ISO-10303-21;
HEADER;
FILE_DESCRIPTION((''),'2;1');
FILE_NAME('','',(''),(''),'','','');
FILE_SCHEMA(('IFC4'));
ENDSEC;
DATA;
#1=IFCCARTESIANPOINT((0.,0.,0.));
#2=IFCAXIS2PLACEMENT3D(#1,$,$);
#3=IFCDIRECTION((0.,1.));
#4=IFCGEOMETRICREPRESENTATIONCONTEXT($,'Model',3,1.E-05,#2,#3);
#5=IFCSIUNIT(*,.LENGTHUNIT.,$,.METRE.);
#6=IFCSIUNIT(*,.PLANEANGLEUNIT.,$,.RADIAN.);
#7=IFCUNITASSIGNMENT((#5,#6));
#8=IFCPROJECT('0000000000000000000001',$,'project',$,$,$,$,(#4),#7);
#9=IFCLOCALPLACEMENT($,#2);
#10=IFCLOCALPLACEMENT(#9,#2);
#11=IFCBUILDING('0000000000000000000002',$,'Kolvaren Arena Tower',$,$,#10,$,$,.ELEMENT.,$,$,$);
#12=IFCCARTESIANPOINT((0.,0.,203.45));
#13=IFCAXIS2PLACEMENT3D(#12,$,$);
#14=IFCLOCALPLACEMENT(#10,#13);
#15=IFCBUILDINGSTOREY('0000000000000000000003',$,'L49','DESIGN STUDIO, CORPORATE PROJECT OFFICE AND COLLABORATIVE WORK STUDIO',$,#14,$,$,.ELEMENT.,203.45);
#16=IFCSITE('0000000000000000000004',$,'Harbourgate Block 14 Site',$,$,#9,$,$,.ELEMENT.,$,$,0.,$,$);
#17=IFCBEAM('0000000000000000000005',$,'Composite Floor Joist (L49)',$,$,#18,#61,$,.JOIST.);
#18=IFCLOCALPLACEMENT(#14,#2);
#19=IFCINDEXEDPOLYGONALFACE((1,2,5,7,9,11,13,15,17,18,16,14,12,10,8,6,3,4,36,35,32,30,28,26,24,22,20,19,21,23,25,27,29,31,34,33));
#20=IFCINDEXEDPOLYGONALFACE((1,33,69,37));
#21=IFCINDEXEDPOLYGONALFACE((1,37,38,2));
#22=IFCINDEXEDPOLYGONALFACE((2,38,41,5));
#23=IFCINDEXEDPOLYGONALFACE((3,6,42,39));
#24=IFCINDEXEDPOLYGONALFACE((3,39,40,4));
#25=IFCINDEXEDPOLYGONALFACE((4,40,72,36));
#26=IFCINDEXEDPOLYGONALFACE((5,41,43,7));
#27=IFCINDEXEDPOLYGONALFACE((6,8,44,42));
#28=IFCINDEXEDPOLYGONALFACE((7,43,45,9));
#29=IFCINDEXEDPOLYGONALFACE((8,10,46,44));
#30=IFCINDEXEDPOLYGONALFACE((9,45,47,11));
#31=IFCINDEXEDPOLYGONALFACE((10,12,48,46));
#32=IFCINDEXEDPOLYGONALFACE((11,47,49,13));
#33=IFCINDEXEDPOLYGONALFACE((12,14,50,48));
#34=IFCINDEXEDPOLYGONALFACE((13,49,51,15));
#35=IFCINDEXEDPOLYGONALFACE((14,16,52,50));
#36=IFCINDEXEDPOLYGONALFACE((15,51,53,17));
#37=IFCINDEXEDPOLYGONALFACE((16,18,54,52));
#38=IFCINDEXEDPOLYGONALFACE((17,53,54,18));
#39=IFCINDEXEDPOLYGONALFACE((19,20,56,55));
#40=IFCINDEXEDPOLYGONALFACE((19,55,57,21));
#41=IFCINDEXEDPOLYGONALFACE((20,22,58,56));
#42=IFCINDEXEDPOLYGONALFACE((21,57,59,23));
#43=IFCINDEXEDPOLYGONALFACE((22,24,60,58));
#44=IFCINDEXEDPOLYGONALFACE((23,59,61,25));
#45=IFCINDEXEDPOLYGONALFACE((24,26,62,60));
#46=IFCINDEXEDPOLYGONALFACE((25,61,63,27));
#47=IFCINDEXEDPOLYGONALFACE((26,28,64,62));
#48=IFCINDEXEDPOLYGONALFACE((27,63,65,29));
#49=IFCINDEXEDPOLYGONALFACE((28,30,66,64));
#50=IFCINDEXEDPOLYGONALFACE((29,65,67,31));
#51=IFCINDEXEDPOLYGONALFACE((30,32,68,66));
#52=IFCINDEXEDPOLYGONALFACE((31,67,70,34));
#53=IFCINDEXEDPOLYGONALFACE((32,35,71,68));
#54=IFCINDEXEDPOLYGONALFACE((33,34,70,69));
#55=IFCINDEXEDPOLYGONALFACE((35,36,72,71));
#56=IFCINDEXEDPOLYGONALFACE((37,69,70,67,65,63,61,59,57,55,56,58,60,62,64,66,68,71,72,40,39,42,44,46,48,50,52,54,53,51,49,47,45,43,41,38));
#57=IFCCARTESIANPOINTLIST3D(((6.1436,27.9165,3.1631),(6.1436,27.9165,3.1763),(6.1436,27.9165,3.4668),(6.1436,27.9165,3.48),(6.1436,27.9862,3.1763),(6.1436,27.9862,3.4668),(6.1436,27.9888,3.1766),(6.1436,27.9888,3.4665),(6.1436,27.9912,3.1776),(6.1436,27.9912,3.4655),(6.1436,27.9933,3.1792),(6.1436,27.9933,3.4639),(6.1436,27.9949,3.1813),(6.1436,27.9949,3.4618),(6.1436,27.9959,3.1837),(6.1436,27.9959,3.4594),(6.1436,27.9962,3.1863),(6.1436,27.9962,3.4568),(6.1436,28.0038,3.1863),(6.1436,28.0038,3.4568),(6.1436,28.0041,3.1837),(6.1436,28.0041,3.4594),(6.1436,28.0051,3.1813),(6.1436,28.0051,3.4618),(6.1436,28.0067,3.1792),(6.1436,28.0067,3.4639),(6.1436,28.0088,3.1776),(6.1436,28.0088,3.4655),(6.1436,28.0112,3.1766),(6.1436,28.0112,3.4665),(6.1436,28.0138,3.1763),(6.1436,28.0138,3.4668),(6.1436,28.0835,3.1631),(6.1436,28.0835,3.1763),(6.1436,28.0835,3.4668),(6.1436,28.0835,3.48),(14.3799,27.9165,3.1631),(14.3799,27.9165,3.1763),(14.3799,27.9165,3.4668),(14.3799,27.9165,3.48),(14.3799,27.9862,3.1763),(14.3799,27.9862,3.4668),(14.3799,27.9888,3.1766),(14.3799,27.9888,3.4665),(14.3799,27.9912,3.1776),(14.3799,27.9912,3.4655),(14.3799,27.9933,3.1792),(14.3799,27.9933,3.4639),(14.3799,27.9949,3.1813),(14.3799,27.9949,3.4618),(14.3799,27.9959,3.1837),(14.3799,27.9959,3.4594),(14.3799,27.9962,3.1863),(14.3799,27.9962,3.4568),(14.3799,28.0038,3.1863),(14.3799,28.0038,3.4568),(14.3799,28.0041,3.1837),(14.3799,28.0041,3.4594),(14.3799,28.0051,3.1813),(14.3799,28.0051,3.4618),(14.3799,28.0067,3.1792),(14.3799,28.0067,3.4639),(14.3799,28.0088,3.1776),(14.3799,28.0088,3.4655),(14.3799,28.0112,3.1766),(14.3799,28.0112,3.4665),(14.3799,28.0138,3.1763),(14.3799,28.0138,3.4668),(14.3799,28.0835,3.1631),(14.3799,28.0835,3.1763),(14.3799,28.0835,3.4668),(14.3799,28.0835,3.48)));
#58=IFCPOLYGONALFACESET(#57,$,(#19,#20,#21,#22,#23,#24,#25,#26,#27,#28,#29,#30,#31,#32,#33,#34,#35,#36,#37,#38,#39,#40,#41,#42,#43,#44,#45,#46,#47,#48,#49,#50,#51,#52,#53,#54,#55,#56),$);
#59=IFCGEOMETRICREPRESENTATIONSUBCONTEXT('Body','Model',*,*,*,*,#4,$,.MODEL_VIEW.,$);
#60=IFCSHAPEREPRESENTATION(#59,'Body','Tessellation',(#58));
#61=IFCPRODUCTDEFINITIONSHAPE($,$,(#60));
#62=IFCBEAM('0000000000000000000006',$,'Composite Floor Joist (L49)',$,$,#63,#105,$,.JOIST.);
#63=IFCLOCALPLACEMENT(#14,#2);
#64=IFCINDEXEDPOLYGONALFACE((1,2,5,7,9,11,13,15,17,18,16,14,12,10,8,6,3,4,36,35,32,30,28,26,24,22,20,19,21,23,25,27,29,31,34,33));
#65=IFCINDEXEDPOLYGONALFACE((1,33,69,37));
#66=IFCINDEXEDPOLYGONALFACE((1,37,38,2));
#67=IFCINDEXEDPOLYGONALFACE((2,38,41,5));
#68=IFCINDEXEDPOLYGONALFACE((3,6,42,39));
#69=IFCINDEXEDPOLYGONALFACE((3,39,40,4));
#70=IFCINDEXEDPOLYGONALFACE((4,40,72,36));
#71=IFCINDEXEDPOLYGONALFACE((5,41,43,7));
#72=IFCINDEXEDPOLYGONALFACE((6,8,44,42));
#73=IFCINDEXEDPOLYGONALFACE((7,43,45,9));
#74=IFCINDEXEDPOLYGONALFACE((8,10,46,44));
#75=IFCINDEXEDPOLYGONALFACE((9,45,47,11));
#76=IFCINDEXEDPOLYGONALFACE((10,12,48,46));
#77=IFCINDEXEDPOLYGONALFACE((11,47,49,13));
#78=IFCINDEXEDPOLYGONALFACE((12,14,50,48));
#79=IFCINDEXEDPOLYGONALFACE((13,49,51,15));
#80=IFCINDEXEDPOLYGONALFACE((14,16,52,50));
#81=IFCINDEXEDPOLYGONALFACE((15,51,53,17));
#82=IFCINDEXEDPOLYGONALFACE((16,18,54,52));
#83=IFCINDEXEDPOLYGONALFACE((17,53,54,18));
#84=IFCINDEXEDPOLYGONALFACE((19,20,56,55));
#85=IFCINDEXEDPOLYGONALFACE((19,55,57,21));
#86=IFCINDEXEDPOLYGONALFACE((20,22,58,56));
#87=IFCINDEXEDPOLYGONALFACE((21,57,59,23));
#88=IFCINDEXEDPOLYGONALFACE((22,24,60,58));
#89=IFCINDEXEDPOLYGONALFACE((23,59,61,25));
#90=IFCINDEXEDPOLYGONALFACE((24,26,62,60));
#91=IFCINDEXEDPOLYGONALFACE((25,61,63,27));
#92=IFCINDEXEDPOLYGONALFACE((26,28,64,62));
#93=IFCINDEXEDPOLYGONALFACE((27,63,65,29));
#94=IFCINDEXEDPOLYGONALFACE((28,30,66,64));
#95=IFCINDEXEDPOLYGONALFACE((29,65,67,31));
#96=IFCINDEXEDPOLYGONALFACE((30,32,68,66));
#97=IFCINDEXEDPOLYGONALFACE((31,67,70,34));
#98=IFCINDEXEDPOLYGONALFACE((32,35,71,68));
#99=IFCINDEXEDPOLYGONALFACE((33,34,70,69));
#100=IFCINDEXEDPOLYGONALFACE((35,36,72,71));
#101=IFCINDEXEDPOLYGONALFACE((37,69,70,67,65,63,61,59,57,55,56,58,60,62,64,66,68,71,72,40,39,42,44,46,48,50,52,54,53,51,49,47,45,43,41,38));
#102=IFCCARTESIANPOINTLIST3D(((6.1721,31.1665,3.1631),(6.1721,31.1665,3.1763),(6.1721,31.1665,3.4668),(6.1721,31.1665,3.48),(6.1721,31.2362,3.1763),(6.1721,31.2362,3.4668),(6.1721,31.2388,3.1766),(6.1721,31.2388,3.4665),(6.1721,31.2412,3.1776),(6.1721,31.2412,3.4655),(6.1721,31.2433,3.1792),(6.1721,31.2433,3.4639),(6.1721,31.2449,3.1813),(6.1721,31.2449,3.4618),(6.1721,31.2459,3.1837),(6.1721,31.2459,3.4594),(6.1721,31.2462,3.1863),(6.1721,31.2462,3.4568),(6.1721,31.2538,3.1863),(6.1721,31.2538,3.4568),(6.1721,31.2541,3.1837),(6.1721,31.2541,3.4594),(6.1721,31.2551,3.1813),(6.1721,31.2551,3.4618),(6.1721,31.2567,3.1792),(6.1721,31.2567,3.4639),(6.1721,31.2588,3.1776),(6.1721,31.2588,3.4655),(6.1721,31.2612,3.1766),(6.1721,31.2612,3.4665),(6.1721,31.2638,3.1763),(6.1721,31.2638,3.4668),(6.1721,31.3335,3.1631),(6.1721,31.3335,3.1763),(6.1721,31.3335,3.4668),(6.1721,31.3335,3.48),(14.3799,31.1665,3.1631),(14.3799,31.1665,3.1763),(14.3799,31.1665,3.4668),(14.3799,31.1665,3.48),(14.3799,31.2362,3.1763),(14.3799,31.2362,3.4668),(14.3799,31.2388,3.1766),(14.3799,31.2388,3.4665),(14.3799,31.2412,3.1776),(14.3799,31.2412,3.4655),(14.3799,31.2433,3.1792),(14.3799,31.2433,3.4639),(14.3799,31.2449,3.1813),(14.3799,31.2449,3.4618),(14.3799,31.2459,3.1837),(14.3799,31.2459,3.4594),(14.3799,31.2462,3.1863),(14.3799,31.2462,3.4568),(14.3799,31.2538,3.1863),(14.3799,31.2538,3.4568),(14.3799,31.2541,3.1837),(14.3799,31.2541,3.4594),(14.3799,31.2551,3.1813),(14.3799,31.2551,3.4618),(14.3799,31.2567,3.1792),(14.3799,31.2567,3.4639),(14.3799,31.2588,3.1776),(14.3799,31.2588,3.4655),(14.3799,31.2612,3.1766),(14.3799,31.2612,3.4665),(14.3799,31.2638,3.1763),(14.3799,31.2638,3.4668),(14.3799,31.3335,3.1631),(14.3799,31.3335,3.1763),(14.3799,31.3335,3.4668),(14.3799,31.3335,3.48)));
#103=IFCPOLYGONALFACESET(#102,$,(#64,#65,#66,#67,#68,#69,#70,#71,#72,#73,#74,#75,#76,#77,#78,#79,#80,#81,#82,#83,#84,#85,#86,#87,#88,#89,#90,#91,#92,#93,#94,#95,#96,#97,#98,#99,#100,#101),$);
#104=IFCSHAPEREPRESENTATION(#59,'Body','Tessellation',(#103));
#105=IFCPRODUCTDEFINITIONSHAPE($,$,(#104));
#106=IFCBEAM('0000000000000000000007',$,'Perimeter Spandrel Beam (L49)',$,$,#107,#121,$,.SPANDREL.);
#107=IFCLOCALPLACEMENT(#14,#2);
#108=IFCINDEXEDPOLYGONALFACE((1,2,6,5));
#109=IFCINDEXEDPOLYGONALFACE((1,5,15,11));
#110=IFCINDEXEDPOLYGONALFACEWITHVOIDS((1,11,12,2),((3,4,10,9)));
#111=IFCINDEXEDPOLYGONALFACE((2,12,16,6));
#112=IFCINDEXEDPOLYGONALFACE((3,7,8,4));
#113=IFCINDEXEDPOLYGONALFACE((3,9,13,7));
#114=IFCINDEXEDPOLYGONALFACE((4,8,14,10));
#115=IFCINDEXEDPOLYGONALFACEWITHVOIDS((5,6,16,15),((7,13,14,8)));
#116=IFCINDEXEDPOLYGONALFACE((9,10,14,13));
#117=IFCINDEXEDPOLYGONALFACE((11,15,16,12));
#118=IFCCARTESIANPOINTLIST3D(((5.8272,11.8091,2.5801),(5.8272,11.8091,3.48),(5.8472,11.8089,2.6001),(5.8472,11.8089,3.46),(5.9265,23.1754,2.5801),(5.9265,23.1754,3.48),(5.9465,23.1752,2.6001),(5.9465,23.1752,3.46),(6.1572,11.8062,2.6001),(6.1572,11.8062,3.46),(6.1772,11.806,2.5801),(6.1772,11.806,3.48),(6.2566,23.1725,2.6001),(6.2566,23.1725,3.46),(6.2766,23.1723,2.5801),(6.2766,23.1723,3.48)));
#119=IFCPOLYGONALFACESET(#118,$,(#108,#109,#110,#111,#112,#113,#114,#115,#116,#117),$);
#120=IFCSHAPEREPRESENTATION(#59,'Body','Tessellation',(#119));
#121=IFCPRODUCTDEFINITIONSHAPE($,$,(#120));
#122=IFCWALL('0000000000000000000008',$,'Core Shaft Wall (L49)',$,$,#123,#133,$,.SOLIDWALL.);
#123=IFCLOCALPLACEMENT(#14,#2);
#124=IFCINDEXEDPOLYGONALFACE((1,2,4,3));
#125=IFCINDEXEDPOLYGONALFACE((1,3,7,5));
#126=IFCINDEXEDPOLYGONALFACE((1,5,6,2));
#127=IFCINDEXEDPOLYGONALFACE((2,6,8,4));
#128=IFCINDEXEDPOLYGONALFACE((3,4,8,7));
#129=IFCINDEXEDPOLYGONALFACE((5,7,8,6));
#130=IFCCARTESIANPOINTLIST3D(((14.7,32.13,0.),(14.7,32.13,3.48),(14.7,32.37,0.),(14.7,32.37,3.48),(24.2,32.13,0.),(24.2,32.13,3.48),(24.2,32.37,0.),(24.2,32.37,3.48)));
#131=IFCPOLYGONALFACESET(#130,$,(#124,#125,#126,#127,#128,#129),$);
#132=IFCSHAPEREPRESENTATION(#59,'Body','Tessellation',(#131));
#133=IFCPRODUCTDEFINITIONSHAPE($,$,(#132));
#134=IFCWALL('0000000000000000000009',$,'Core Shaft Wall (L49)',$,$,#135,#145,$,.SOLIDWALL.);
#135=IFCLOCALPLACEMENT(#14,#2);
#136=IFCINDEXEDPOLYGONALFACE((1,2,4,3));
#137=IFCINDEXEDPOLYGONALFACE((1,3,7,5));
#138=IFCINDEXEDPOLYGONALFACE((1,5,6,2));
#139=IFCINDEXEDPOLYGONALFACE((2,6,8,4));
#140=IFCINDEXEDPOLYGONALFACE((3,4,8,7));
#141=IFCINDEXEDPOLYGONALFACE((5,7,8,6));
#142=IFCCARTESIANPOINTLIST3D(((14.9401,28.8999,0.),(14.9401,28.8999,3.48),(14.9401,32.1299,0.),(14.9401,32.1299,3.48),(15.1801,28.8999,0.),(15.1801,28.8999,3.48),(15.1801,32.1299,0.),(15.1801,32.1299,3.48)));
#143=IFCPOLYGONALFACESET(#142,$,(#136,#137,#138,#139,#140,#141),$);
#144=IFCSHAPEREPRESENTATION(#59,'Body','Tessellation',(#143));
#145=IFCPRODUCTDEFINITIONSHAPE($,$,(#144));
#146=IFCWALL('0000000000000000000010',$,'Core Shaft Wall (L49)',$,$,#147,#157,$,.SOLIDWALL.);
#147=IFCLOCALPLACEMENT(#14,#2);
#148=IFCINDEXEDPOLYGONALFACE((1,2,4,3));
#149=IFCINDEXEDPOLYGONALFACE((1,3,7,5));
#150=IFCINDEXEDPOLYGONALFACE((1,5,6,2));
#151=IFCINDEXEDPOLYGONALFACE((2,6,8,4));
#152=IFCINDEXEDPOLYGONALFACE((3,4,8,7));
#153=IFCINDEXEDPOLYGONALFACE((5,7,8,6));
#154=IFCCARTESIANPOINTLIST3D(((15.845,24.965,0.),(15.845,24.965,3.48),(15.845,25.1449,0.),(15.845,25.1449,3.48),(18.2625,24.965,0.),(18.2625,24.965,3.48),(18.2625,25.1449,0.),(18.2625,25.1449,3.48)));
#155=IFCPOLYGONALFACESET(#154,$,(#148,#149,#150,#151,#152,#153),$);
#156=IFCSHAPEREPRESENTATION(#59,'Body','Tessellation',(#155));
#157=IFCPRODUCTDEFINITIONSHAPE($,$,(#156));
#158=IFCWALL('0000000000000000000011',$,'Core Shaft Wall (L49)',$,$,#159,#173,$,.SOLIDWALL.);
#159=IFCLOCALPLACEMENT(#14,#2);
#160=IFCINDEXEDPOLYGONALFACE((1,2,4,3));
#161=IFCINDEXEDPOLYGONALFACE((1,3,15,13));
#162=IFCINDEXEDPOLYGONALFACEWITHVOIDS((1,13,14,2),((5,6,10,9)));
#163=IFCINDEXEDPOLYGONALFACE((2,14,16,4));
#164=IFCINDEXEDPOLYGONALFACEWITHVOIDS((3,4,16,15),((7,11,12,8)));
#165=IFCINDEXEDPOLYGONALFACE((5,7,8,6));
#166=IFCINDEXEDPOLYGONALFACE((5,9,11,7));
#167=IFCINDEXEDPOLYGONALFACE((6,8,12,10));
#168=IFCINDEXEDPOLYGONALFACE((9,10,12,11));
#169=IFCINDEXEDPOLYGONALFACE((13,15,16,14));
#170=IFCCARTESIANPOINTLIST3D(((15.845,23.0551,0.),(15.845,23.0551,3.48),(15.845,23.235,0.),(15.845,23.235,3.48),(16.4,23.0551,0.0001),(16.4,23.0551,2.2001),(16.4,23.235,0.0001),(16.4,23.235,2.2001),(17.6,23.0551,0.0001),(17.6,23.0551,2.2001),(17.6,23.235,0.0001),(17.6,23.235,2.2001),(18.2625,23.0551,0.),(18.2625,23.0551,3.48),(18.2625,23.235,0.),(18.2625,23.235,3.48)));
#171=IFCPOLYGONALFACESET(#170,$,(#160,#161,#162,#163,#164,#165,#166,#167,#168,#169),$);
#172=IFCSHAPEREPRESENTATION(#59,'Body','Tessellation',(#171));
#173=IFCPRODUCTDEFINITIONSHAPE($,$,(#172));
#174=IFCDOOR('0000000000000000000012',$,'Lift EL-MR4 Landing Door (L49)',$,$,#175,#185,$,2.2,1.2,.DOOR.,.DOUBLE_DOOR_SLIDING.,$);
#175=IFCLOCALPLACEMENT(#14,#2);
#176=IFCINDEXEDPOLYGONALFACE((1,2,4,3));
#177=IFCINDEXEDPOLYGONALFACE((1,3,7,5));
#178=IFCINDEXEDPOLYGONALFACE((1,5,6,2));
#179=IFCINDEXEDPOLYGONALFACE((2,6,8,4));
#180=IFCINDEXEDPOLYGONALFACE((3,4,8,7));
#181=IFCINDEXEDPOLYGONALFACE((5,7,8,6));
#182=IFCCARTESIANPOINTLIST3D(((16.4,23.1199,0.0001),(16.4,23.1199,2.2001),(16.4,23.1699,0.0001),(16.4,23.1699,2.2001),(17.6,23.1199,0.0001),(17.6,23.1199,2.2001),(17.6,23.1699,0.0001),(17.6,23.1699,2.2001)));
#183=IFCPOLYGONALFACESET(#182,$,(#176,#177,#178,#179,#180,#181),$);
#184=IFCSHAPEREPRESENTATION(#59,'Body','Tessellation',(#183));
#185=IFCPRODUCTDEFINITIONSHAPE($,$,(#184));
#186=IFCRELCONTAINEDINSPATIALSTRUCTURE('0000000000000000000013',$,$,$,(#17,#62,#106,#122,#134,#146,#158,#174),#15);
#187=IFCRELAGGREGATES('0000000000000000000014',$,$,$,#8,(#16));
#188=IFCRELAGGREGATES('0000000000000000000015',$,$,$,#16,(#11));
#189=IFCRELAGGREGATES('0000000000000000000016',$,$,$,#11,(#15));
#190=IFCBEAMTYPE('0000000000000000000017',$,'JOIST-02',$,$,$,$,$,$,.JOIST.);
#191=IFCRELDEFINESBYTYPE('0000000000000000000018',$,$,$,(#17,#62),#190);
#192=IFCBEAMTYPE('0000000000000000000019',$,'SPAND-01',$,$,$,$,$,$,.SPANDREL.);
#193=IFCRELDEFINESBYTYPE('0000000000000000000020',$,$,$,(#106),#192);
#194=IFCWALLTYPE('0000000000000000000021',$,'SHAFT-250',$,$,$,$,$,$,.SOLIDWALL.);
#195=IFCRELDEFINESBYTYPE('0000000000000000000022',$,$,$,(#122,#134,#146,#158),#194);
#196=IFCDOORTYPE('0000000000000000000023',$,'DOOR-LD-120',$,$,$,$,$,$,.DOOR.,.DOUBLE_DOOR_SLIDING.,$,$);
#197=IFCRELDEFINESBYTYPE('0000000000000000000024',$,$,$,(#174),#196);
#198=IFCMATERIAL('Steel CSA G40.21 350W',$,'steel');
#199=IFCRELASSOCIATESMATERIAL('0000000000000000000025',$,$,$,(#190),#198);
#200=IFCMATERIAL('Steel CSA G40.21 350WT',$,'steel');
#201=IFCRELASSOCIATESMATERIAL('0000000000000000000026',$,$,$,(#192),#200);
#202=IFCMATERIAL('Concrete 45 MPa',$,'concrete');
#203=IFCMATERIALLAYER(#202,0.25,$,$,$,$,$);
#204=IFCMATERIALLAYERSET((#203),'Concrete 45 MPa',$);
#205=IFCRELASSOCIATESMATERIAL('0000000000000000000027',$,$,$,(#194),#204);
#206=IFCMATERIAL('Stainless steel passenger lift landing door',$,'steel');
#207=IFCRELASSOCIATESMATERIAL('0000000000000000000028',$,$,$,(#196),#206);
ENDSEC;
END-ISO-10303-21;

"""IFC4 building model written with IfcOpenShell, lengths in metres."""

from ifc_helpers import new_model, si_unit, direction, frame, frame_2d, origin, origin_2d, place, context, subcontext, project, spatial, rectangle, hollow_rectangle, i_section, extrude, material, layer, layer_set, material_profile, profile_set, type_object, element, fill, save


model = new_model("IFC4")

# Units and contexts
model_context = context("Model", 3, precision=1e-05, world=origin(), true_north=direction((0.0, 1.0)))
body_context = subcontext(model_context, "Body", "Model", "MODEL_VIEW")
ifc_project = project(units=[si_unit("LENGTHUNIT", "METRE"), si_unit("PLANEANGLEUNIT", "RADIAN")], contexts=[model_context])

# Site, building, storey
site_placement = place(None, origin())
site = spatial("IfcSite", under=ifc_project, at=site_placement, Name="Harbourgate Block 14 Site", CompositionType="ELEMENT", RefElevation=0.0)
building_placement = place(site_placement, origin())
building = spatial("IfcBuilding", under=site, at=building_placement, Name="Kolvaren Arena Tower", CompositionType="ELEMENT")
storey_placement = place(building_placement, frame((0.0, 0.0, 203.45)))
storey = spatial("IfcBuildingStorey", under=building, at=storey_placement, Name="L49", Description="DESIGN STUDIO, CORPORATE PROJECT OFFICE AND COLLABORATIVE WORK STUDIO", CompositionType="ELEMENT", Elevation=203.45)

# Beams
ifc_material_1 = material(Name="Steel CSA G40.21 350W", Category="steel")
ifc_material_profile_1 = material_profile(ifc_material_1, i_section(OverallWidth=0.167, OverallDepth=0.3169, WebThickness=0.0076, FlangeThickness=0.0132, FilletRadius=0.01, at=origin_2d()), Name="W310x52")
ifc_profile_set_1 = profile_set([ifc_material_profile_1], Name="Steel CSA G40.21 350W")
beam_type_1 = type_object("IfcBeamType", Name="JOIST-02", PredefinedType="JOIST", material=ifc_profile_set_1)
beam_1_placement = place(storey_placement, frame((6.1436, 28.0, 3.3215), z_axis=(1.0, 0.0, 0.0), x_axis=(0.0, 1.0, 0.0)))
element("IfcBeam", 1, at=beam_1_placement, inside=storey, type_object=beam_type_1, Name="Composite Floor Joist (L49)", PredefinedType="JOIST", context=body_context, shape_type="SweptSolid", body=[
    extrude(i_section(OverallWidth=0.167, OverallDepth=0.3169, WebThickness=0.0076, FlangeThickness=0.0132, FilletRadius=0.01, at=origin_2d()), origin(), (0.0, 0.0, 1.0), 8.2363),
])
beam_2_placement = place(storey_placement, frame((6.1721, 31.25, 3.3215), z_axis=(1.0, 0.0, 0.0), x_axis=(0.0, 1.0, 0.0)))
element("IfcBeam", 2, at=beam_2_placement, inside=storey, type_object=beam_type_1, Name="Composite Floor Joist (L49)", PredefinedType="JOIST", context=body_context, shape_type="SweptSolid", body=[
    extrude(i_section(OverallWidth=0.167, OverallDepth=0.3169, WebThickness=0.0076, FlangeThickness=0.0132, FilletRadius=0.01, at=origin_2d()), origin(), (0.0, 0.0, 1.0), 8.2078),
])
ifc_material_2 = material(Name="Steel CSA G40.21 350WT", Category="steel")
ifc_material_profile_2 = material_profile(ifc_material_2, hollow_rectangle(XDim=0.3501, YDim=0.8999, WallThickness=0.02, at=origin_2d()), Name="HSS 900x350x20")
ifc_profile_set_2 = profile_set([ifc_material_profile_2], Name="Steel CSA G40.21 350WT")
beam_type_2 = type_object("IfcBeamType", Name="SPAND-01", PredefinedType="SPANDREL", material=ifc_profile_set_2)
beam_3_placement = place(storey_placement, frame((6.1016, 23.1738, 3.03), z_axis=(-0.008742, -0.999962, 0.0), x_axis=(0.999962, -0.008742, 0.0)))
element("IfcBeam", 3, at=beam_3_placement, inside=storey, type_object=beam_type_2, Name="Perimeter Spandrel Beam (L49)", PredefinedType="SPANDREL", context=body_context, shape_type="SweptSolid", body=[
    extrude(hollow_rectangle(XDim=0.3501, YDim=0.8999, WallThickness=0.02, at=origin_2d()), origin(), (0.0, 0.0, 1.0), 11.3667),
])

# Walls
ifc_material_3 = material(Name="Concrete 45 MPa", Category="concrete")
ifc_layer = layer(ifc_material_3, 0.25)
ifc_layer_set = layer_set([ifc_layer], Name="Concrete 45 MPa")
wall_type = type_object("IfcWallType", Name="SHAFT-250", PredefinedType="SOLIDWALL", material=ifc_layer_set)
wall_1_placement = place(storey_placement, frame((14.7, 32.25, 0.0), z_axis=(0.0, 0.0, 1.0), x_axis=(1.0, 0.0, 0.0)))
element("IfcWall", 4, at=wall_1_placement, inside=storey, type_object=wall_type, Name="Core Shaft Wall (L49)", PredefinedType="SOLIDWALL", context=body_context, shape_type="SweptSolid", body=[
    extrude(rectangle(XDim=9.5, YDim=0.24, at=frame_2d((4.75, 0.0))), origin(), (0.0, 0.0, 1.0), 3.48),
])
wall_2_placement = place(storey_placement, frame((15.0601, 28.8999, 0.0), z_axis=(0.0, 0.0, 1.0), x_axis=(0.0, 1.0, 0.0)))
element("IfcWall", 5, at=wall_2_placement, inside=storey, type_object=wall_type, Name="Core Shaft Wall (L49)", PredefinedType="SOLIDWALL", context=body_context, shape_type="SweptSolid", body=[
    extrude(rectangle(XDim=3.23, YDim=0.24, at=frame_2d((1.615, 0.0))), origin(), (0.0, 0.0, 1.0), 3.48),
])
wall_3_placement = place(storey_placement, frame((15.845, 25.0549, 0.0), z_axis=(0.0, 0.0, 1.0), x_axis=(1.0, 0.0, 0.0)))
element("IfcWall", 6, at=wall_3_placement, inside=storey, type_object=wall_type, Name="Core Shaft Wall (L49)", PredefinedType="SOLIDWALL", context=body_context, shape_type="SweptSolid", body=[
    extrude(rectangle(XDim=2.4175, YDim=0.1799, at=frame_2d((1.2087, 0.0))), origin(), (0.0, 0.0, 1.0), 3.48),
])

# Wall, opening, door
wall_4_placement = place(storey_placement, frame((15.845, 23.145, 0.0), z_axis=(0.0, 0.0, 1.0), x_axis=(1.0, 0.0, 0.0)))
wall_4 = element("IfcWall", 7, at=wall_4_placement, inside=storey, type_object=wall_type, Name="Core Shaft Wall (L49)", PredefinedType="SOLIDWALL", context=body_context, shape_type="SweptSolid", body=[
    extrude(rectangle(XDim=2.4175, YDim=0.1799, at=frame_2d((1.2087, 0.0))), origin(), (0.0, 0.0, 1.0), 3.48),
])
opening_1_placement = place(wall_4_placement, frame((0.5549, 0.0, 0.0)))
opening_1 = element("IfcOpeningElement", 8, at=opening_1_placement, cuts=wall_4, PredefinedType="OPENING", context=body_context, shape_type="SweptSolid", body=[
    extrude(rectangle(XDim=1.2, YDim=2.2, at=frame_2d((0.6001, 1.1001))), frame((0.0, 0.0999, 0.0), z_axis=(0.0, -1.0, 0.0), x_axis=(1.0, 0.0, 0.0)), (0.0, 0.0, 1.0), 0.2),
])
ifc_material_4 = material(Name="Stainless steel passenger lift landing door", Category="steel")
door_type_1 = type_object("IfcDoorType", Name="DOOR-LD-120", OperationType="DOUBLE_DOOR_SLIDING", PredefinedType="DOOR", material=ifc_material_4)
door_1_placement = place(opening_1_placement, origin())
door_1 = element("IfcDoor", 9, at=door_1_placement, inside=storey, type_object=door_type_1, Name="Lift EL-MR4 Landing Door (L49)", OperationType="DOUBLE_DOOR_SLIDING", OverallHeight=2.2, OverallWidth=1.2, PredefinedType="DOOR", context=body_context, shape_type="SweptSolid", body=[
    extrude(rectangle(XDim=1.2, YDim=2.2, at=frame_2d((0.6001, 1.1001))), frame((0.0, 0.0249, 0.0), z_axis=(0.0, -1.0, 0.0), x_axis=(1.0, 0.0, 0.0)), (0.0, 0.0, 1.0), 0.05),
])
fill(opening_1, door_1)

save(model, "model.ifc")
